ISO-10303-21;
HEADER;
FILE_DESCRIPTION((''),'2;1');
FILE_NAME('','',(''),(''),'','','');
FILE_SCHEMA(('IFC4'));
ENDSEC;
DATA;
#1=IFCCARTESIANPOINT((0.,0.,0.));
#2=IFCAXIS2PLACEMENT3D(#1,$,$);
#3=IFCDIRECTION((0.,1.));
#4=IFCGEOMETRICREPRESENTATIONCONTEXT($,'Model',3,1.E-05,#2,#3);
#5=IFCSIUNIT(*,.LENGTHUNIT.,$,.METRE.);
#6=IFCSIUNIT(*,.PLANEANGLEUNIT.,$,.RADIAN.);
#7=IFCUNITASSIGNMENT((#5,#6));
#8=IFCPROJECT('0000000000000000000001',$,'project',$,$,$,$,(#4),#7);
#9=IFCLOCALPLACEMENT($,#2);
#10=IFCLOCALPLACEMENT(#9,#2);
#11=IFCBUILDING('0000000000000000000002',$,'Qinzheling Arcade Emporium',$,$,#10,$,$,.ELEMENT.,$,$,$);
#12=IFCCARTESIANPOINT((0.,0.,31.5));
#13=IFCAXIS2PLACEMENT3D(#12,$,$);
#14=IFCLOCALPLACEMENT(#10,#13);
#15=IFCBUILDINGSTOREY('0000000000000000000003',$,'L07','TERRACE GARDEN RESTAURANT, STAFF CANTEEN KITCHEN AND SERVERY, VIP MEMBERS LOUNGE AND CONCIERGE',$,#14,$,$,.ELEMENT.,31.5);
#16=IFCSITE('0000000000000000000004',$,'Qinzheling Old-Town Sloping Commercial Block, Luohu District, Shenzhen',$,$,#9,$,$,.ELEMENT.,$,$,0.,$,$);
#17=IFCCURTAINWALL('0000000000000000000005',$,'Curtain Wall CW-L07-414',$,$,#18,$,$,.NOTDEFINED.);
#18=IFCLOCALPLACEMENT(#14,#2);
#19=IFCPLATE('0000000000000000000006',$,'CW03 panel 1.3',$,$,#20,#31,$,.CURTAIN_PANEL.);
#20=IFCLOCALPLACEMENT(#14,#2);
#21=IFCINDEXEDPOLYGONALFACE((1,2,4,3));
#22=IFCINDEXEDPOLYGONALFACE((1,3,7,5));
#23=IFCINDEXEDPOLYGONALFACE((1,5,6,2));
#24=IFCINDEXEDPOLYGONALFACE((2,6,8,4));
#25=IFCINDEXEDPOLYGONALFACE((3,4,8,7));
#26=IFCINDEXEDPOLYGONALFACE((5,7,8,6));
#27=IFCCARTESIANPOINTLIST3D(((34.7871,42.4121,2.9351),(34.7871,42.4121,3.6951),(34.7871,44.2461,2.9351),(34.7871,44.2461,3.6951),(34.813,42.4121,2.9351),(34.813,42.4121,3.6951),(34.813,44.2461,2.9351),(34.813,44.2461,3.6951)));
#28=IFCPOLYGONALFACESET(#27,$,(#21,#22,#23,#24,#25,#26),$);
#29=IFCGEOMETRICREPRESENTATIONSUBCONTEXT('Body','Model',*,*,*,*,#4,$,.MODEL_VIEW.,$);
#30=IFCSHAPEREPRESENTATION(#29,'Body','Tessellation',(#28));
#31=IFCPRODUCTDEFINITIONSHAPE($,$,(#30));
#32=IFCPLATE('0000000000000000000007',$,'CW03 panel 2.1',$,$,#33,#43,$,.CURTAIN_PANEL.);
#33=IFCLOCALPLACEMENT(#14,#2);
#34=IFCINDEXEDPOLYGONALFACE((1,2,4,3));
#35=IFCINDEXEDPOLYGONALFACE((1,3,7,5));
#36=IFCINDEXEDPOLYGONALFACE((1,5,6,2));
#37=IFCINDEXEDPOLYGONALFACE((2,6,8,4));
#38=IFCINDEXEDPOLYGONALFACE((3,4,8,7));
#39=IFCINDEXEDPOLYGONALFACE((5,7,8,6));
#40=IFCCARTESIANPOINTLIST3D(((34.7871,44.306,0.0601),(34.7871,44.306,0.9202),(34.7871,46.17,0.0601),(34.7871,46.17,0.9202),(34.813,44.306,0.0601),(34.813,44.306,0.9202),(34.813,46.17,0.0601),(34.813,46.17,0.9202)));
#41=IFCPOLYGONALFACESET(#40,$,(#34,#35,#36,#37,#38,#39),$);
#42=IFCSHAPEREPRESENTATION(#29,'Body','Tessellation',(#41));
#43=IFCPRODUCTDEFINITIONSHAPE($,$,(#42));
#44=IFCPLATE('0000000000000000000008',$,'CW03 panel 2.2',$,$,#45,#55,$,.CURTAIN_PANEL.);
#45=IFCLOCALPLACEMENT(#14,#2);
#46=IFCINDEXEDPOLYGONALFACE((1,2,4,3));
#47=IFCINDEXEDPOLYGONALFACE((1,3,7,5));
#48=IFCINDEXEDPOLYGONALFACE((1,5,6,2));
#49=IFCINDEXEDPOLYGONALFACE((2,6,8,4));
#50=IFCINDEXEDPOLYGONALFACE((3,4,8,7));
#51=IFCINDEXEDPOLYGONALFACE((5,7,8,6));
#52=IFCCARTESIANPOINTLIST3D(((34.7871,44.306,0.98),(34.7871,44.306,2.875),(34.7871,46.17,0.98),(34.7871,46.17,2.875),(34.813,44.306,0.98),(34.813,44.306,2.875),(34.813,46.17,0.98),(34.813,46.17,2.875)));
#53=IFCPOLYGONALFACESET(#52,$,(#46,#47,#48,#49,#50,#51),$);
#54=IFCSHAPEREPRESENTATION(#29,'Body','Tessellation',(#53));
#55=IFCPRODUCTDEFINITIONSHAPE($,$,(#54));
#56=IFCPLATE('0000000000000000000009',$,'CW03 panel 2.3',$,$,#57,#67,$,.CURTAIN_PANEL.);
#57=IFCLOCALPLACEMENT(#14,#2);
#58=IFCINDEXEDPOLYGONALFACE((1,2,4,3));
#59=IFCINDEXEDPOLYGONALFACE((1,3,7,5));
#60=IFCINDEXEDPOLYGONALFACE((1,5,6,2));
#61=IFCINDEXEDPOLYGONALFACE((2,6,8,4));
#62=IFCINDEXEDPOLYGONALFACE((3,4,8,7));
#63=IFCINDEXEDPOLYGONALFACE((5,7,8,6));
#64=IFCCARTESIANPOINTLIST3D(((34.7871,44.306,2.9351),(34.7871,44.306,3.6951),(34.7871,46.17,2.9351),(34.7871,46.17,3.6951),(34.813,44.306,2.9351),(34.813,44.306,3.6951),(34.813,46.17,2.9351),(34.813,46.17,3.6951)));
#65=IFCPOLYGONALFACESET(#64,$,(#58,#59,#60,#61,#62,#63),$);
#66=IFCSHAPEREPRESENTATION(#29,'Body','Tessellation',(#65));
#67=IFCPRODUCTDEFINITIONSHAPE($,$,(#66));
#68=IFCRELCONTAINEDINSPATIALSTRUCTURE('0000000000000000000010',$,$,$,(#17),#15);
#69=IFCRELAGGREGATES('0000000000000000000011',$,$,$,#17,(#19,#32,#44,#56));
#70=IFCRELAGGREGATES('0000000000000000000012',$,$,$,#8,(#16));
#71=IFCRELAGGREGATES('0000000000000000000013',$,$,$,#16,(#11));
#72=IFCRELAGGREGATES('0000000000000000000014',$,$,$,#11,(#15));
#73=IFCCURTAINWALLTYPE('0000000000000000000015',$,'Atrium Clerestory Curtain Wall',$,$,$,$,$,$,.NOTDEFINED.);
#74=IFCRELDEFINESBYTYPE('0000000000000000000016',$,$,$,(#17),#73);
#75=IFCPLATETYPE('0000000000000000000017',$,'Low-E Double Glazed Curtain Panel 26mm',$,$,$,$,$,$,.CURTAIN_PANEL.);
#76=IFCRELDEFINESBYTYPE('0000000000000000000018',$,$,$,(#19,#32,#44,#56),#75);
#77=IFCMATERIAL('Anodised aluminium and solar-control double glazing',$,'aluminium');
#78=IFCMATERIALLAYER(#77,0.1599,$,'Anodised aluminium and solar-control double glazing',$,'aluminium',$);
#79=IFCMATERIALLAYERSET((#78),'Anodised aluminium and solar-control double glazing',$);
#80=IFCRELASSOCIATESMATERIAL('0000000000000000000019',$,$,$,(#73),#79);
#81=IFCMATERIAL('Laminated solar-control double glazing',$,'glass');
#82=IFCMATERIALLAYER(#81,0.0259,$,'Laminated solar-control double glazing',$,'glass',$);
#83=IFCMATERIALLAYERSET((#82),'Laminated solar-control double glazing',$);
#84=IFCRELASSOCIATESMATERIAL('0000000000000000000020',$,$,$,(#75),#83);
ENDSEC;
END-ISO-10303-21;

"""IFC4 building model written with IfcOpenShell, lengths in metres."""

from ifc_helpers import new_model, si_unit, direction, frame, origin, origin_2d, place, context, subcontext, project, spatial, rectangle, extrude, material, layer, layer_set, type_object, element, aggregate, save


model = new_model("IFC4")

# Units and contexts
model_context = context("Model", 3, precision=1e-05, world=origin(), true_north=direction((0.0, 1.0)))
body_context = subcontext(model_context, "Body", "Model", "MODEL_VIEW")
ifc_project = project(units=[si_unit("LENGTHUNIT", "METRE"), si_unit("PLANEANGLEUNIT", "RADIAN")], contexts=[model_context])

# Site, building, storey
site_placement = place(None, origin())
site = spatial("IfcSite", under=ifc_project, at=site_placement, Name="Qinzheling Old-Town Sloping Commercial Block, Luohu District, Shenzhen", CompositionType="ELEMENT", RefElevation=0.0)
building_placement = place(site_placement, origin())
building = spatial("IfcBuilding", under=site, at=building_placement, Name="Qinzheling Arcade Emporium", CompositionType="ELEMENT")
storey_placement = place(building_placement, frame((0.0, 0.0, 31.5)))
storey = spatial("IfcBuildingStorey", under=building, at=storey_placement, Name="L07", Description="TERRACE GARDEN RESTAURANT, STAFF CANTEEN KITCHEN AND SERVERY, VIP MEMBERS LOUNGE AND CONCIERGE", CompositionType="ELEMENT", Elevation=31.5)

# Shared definitions
ifc_material_1 = material(Name="Anodised aluminium and solar-control double glazing", Category="aluminium")
ifc_layer_1 = layer(ifc_material_1, 0.1599, Name="Anodised aluminium and solar-control double glazing", Category="aluminium")
ifc_layer_set_1 = layer_set([ifc_layer_1], Name="Anodised aluminium and solar-control double glazing")
curtain_wall_type = type_object("IfcCurtainWallType", Name="Atrium Clerestory Curtain Wall", PredefinedType="NOTDEFINED", material=ifc_layer_set_1)

# Curtain wall
curtain_wall_1_placement = place(storey_placement, origin())
curtain_wall_1 = element("IfcCurtainWall", 1, at=curtain_wall_1_placement, inside=storey, type_object=curtain_wall_type, Name="Curtain Wall CW-L07-414", PredefinedType="NOTDEFINED")

# Plates
ifc_material_2 = material(Name="Laminated solar-control double glazing", Category="glass")
ifc_layer_2 = layer(ifc_material_2, 0.0259, Name="Laminated solar-control double glazing", Category="glass")
ifc_layer_set_2 = layer_set([ifc_layer_2], Name="Laminated solar-control double glazing")
plate_type = type_object("IfcPlateType", Name="Low-E Double Glazed Curtain Panel 26mm", PredefinedType="CURTAIN_PANEL", material=ifc_layer_set_2)
plate_1_placement = place(storey_placement, frame((34.8, 43.3291, 2.9351), z_axis=(0.0, 0.0, 1.0), x_axis=(0.0, 1.0, 0.0)))
plate_1 = element("IfcPlate", 2, at=plate_1_placement, type_object=plate_type, Name="CW03 panel 1.3", PredefinedType="CURTAIN_PANEL", context=body_context, shape_type="SweptSolid", body=[
    extrude(rectangle(XDim=1.834, YDim=0.0259, at=origin_2d()), origin(), (0.0, 0.0, 1.0), 0.76),
])
plate_2_placement = place(storey_placement, frame((34.8, 45.238, 0.0601), z_axis=(0.0, 0.0, 1.0), x_axis=(0.0, 1.0, 0.0)))
plate_2 = element("IfcPlate", 3, at=plate_2_placement, type_object=plate_type, Name="CW03 panel 2.1", PredefinedType="CURTAIN_PANEL", context=body_context, shape_type="SweptSolid", body=[
    extrude(rectangle(XDim=1.864, YDim=0.0259, at=origin_2d()), origin(), (0.0, 0.0, 1.0), 0.8601),
])
plate_3_placement = place(storey_placement, frame((34.8, 45.238, 0.98), z_axis=(0.0, 0.0, 1.0), x_axis=(0.0, 1.0, 0.0)))
plate_3 = element("IfcPlate", 4, at=plate_3_placement, type_object=plate_type, Name="CW03 panel 2.2", PredefinedType="CURTAIN_PANEL", context=body_context, shape_type="SweptSolid", body=[
    extrude(rectangle(XDim=1.864, YDim=0.0259, at=origin_2d()), origin(), (0.0, 0.0, 1.0), 1.895),
])
plate_4_placement = place(storey_placement, frame((34.8, 45.238, 2.9351), z_axis=(0.0, 0.0, 1.0), x_axis=(0.0, 1.0, 0.0)))
plate_4 = element("IfcPlate", 5, at=plate_4_placement, type_object=plate_type, Name="CW03 panel 2.3", PredefinedType="CURTAIN_PANEL", context=body_context, shape_type="SweptSolid", body=[
    extrude(rectangle(XDim=1.864, YDim=0.0259, at=origin_2d()), origin(), (0.0, 0.0, 1.0), 0.76),
])
aggregate(curtain_wall_1, [plate_1, plate_2, plate_3, plate_4])

save(model, "model.ifc")
